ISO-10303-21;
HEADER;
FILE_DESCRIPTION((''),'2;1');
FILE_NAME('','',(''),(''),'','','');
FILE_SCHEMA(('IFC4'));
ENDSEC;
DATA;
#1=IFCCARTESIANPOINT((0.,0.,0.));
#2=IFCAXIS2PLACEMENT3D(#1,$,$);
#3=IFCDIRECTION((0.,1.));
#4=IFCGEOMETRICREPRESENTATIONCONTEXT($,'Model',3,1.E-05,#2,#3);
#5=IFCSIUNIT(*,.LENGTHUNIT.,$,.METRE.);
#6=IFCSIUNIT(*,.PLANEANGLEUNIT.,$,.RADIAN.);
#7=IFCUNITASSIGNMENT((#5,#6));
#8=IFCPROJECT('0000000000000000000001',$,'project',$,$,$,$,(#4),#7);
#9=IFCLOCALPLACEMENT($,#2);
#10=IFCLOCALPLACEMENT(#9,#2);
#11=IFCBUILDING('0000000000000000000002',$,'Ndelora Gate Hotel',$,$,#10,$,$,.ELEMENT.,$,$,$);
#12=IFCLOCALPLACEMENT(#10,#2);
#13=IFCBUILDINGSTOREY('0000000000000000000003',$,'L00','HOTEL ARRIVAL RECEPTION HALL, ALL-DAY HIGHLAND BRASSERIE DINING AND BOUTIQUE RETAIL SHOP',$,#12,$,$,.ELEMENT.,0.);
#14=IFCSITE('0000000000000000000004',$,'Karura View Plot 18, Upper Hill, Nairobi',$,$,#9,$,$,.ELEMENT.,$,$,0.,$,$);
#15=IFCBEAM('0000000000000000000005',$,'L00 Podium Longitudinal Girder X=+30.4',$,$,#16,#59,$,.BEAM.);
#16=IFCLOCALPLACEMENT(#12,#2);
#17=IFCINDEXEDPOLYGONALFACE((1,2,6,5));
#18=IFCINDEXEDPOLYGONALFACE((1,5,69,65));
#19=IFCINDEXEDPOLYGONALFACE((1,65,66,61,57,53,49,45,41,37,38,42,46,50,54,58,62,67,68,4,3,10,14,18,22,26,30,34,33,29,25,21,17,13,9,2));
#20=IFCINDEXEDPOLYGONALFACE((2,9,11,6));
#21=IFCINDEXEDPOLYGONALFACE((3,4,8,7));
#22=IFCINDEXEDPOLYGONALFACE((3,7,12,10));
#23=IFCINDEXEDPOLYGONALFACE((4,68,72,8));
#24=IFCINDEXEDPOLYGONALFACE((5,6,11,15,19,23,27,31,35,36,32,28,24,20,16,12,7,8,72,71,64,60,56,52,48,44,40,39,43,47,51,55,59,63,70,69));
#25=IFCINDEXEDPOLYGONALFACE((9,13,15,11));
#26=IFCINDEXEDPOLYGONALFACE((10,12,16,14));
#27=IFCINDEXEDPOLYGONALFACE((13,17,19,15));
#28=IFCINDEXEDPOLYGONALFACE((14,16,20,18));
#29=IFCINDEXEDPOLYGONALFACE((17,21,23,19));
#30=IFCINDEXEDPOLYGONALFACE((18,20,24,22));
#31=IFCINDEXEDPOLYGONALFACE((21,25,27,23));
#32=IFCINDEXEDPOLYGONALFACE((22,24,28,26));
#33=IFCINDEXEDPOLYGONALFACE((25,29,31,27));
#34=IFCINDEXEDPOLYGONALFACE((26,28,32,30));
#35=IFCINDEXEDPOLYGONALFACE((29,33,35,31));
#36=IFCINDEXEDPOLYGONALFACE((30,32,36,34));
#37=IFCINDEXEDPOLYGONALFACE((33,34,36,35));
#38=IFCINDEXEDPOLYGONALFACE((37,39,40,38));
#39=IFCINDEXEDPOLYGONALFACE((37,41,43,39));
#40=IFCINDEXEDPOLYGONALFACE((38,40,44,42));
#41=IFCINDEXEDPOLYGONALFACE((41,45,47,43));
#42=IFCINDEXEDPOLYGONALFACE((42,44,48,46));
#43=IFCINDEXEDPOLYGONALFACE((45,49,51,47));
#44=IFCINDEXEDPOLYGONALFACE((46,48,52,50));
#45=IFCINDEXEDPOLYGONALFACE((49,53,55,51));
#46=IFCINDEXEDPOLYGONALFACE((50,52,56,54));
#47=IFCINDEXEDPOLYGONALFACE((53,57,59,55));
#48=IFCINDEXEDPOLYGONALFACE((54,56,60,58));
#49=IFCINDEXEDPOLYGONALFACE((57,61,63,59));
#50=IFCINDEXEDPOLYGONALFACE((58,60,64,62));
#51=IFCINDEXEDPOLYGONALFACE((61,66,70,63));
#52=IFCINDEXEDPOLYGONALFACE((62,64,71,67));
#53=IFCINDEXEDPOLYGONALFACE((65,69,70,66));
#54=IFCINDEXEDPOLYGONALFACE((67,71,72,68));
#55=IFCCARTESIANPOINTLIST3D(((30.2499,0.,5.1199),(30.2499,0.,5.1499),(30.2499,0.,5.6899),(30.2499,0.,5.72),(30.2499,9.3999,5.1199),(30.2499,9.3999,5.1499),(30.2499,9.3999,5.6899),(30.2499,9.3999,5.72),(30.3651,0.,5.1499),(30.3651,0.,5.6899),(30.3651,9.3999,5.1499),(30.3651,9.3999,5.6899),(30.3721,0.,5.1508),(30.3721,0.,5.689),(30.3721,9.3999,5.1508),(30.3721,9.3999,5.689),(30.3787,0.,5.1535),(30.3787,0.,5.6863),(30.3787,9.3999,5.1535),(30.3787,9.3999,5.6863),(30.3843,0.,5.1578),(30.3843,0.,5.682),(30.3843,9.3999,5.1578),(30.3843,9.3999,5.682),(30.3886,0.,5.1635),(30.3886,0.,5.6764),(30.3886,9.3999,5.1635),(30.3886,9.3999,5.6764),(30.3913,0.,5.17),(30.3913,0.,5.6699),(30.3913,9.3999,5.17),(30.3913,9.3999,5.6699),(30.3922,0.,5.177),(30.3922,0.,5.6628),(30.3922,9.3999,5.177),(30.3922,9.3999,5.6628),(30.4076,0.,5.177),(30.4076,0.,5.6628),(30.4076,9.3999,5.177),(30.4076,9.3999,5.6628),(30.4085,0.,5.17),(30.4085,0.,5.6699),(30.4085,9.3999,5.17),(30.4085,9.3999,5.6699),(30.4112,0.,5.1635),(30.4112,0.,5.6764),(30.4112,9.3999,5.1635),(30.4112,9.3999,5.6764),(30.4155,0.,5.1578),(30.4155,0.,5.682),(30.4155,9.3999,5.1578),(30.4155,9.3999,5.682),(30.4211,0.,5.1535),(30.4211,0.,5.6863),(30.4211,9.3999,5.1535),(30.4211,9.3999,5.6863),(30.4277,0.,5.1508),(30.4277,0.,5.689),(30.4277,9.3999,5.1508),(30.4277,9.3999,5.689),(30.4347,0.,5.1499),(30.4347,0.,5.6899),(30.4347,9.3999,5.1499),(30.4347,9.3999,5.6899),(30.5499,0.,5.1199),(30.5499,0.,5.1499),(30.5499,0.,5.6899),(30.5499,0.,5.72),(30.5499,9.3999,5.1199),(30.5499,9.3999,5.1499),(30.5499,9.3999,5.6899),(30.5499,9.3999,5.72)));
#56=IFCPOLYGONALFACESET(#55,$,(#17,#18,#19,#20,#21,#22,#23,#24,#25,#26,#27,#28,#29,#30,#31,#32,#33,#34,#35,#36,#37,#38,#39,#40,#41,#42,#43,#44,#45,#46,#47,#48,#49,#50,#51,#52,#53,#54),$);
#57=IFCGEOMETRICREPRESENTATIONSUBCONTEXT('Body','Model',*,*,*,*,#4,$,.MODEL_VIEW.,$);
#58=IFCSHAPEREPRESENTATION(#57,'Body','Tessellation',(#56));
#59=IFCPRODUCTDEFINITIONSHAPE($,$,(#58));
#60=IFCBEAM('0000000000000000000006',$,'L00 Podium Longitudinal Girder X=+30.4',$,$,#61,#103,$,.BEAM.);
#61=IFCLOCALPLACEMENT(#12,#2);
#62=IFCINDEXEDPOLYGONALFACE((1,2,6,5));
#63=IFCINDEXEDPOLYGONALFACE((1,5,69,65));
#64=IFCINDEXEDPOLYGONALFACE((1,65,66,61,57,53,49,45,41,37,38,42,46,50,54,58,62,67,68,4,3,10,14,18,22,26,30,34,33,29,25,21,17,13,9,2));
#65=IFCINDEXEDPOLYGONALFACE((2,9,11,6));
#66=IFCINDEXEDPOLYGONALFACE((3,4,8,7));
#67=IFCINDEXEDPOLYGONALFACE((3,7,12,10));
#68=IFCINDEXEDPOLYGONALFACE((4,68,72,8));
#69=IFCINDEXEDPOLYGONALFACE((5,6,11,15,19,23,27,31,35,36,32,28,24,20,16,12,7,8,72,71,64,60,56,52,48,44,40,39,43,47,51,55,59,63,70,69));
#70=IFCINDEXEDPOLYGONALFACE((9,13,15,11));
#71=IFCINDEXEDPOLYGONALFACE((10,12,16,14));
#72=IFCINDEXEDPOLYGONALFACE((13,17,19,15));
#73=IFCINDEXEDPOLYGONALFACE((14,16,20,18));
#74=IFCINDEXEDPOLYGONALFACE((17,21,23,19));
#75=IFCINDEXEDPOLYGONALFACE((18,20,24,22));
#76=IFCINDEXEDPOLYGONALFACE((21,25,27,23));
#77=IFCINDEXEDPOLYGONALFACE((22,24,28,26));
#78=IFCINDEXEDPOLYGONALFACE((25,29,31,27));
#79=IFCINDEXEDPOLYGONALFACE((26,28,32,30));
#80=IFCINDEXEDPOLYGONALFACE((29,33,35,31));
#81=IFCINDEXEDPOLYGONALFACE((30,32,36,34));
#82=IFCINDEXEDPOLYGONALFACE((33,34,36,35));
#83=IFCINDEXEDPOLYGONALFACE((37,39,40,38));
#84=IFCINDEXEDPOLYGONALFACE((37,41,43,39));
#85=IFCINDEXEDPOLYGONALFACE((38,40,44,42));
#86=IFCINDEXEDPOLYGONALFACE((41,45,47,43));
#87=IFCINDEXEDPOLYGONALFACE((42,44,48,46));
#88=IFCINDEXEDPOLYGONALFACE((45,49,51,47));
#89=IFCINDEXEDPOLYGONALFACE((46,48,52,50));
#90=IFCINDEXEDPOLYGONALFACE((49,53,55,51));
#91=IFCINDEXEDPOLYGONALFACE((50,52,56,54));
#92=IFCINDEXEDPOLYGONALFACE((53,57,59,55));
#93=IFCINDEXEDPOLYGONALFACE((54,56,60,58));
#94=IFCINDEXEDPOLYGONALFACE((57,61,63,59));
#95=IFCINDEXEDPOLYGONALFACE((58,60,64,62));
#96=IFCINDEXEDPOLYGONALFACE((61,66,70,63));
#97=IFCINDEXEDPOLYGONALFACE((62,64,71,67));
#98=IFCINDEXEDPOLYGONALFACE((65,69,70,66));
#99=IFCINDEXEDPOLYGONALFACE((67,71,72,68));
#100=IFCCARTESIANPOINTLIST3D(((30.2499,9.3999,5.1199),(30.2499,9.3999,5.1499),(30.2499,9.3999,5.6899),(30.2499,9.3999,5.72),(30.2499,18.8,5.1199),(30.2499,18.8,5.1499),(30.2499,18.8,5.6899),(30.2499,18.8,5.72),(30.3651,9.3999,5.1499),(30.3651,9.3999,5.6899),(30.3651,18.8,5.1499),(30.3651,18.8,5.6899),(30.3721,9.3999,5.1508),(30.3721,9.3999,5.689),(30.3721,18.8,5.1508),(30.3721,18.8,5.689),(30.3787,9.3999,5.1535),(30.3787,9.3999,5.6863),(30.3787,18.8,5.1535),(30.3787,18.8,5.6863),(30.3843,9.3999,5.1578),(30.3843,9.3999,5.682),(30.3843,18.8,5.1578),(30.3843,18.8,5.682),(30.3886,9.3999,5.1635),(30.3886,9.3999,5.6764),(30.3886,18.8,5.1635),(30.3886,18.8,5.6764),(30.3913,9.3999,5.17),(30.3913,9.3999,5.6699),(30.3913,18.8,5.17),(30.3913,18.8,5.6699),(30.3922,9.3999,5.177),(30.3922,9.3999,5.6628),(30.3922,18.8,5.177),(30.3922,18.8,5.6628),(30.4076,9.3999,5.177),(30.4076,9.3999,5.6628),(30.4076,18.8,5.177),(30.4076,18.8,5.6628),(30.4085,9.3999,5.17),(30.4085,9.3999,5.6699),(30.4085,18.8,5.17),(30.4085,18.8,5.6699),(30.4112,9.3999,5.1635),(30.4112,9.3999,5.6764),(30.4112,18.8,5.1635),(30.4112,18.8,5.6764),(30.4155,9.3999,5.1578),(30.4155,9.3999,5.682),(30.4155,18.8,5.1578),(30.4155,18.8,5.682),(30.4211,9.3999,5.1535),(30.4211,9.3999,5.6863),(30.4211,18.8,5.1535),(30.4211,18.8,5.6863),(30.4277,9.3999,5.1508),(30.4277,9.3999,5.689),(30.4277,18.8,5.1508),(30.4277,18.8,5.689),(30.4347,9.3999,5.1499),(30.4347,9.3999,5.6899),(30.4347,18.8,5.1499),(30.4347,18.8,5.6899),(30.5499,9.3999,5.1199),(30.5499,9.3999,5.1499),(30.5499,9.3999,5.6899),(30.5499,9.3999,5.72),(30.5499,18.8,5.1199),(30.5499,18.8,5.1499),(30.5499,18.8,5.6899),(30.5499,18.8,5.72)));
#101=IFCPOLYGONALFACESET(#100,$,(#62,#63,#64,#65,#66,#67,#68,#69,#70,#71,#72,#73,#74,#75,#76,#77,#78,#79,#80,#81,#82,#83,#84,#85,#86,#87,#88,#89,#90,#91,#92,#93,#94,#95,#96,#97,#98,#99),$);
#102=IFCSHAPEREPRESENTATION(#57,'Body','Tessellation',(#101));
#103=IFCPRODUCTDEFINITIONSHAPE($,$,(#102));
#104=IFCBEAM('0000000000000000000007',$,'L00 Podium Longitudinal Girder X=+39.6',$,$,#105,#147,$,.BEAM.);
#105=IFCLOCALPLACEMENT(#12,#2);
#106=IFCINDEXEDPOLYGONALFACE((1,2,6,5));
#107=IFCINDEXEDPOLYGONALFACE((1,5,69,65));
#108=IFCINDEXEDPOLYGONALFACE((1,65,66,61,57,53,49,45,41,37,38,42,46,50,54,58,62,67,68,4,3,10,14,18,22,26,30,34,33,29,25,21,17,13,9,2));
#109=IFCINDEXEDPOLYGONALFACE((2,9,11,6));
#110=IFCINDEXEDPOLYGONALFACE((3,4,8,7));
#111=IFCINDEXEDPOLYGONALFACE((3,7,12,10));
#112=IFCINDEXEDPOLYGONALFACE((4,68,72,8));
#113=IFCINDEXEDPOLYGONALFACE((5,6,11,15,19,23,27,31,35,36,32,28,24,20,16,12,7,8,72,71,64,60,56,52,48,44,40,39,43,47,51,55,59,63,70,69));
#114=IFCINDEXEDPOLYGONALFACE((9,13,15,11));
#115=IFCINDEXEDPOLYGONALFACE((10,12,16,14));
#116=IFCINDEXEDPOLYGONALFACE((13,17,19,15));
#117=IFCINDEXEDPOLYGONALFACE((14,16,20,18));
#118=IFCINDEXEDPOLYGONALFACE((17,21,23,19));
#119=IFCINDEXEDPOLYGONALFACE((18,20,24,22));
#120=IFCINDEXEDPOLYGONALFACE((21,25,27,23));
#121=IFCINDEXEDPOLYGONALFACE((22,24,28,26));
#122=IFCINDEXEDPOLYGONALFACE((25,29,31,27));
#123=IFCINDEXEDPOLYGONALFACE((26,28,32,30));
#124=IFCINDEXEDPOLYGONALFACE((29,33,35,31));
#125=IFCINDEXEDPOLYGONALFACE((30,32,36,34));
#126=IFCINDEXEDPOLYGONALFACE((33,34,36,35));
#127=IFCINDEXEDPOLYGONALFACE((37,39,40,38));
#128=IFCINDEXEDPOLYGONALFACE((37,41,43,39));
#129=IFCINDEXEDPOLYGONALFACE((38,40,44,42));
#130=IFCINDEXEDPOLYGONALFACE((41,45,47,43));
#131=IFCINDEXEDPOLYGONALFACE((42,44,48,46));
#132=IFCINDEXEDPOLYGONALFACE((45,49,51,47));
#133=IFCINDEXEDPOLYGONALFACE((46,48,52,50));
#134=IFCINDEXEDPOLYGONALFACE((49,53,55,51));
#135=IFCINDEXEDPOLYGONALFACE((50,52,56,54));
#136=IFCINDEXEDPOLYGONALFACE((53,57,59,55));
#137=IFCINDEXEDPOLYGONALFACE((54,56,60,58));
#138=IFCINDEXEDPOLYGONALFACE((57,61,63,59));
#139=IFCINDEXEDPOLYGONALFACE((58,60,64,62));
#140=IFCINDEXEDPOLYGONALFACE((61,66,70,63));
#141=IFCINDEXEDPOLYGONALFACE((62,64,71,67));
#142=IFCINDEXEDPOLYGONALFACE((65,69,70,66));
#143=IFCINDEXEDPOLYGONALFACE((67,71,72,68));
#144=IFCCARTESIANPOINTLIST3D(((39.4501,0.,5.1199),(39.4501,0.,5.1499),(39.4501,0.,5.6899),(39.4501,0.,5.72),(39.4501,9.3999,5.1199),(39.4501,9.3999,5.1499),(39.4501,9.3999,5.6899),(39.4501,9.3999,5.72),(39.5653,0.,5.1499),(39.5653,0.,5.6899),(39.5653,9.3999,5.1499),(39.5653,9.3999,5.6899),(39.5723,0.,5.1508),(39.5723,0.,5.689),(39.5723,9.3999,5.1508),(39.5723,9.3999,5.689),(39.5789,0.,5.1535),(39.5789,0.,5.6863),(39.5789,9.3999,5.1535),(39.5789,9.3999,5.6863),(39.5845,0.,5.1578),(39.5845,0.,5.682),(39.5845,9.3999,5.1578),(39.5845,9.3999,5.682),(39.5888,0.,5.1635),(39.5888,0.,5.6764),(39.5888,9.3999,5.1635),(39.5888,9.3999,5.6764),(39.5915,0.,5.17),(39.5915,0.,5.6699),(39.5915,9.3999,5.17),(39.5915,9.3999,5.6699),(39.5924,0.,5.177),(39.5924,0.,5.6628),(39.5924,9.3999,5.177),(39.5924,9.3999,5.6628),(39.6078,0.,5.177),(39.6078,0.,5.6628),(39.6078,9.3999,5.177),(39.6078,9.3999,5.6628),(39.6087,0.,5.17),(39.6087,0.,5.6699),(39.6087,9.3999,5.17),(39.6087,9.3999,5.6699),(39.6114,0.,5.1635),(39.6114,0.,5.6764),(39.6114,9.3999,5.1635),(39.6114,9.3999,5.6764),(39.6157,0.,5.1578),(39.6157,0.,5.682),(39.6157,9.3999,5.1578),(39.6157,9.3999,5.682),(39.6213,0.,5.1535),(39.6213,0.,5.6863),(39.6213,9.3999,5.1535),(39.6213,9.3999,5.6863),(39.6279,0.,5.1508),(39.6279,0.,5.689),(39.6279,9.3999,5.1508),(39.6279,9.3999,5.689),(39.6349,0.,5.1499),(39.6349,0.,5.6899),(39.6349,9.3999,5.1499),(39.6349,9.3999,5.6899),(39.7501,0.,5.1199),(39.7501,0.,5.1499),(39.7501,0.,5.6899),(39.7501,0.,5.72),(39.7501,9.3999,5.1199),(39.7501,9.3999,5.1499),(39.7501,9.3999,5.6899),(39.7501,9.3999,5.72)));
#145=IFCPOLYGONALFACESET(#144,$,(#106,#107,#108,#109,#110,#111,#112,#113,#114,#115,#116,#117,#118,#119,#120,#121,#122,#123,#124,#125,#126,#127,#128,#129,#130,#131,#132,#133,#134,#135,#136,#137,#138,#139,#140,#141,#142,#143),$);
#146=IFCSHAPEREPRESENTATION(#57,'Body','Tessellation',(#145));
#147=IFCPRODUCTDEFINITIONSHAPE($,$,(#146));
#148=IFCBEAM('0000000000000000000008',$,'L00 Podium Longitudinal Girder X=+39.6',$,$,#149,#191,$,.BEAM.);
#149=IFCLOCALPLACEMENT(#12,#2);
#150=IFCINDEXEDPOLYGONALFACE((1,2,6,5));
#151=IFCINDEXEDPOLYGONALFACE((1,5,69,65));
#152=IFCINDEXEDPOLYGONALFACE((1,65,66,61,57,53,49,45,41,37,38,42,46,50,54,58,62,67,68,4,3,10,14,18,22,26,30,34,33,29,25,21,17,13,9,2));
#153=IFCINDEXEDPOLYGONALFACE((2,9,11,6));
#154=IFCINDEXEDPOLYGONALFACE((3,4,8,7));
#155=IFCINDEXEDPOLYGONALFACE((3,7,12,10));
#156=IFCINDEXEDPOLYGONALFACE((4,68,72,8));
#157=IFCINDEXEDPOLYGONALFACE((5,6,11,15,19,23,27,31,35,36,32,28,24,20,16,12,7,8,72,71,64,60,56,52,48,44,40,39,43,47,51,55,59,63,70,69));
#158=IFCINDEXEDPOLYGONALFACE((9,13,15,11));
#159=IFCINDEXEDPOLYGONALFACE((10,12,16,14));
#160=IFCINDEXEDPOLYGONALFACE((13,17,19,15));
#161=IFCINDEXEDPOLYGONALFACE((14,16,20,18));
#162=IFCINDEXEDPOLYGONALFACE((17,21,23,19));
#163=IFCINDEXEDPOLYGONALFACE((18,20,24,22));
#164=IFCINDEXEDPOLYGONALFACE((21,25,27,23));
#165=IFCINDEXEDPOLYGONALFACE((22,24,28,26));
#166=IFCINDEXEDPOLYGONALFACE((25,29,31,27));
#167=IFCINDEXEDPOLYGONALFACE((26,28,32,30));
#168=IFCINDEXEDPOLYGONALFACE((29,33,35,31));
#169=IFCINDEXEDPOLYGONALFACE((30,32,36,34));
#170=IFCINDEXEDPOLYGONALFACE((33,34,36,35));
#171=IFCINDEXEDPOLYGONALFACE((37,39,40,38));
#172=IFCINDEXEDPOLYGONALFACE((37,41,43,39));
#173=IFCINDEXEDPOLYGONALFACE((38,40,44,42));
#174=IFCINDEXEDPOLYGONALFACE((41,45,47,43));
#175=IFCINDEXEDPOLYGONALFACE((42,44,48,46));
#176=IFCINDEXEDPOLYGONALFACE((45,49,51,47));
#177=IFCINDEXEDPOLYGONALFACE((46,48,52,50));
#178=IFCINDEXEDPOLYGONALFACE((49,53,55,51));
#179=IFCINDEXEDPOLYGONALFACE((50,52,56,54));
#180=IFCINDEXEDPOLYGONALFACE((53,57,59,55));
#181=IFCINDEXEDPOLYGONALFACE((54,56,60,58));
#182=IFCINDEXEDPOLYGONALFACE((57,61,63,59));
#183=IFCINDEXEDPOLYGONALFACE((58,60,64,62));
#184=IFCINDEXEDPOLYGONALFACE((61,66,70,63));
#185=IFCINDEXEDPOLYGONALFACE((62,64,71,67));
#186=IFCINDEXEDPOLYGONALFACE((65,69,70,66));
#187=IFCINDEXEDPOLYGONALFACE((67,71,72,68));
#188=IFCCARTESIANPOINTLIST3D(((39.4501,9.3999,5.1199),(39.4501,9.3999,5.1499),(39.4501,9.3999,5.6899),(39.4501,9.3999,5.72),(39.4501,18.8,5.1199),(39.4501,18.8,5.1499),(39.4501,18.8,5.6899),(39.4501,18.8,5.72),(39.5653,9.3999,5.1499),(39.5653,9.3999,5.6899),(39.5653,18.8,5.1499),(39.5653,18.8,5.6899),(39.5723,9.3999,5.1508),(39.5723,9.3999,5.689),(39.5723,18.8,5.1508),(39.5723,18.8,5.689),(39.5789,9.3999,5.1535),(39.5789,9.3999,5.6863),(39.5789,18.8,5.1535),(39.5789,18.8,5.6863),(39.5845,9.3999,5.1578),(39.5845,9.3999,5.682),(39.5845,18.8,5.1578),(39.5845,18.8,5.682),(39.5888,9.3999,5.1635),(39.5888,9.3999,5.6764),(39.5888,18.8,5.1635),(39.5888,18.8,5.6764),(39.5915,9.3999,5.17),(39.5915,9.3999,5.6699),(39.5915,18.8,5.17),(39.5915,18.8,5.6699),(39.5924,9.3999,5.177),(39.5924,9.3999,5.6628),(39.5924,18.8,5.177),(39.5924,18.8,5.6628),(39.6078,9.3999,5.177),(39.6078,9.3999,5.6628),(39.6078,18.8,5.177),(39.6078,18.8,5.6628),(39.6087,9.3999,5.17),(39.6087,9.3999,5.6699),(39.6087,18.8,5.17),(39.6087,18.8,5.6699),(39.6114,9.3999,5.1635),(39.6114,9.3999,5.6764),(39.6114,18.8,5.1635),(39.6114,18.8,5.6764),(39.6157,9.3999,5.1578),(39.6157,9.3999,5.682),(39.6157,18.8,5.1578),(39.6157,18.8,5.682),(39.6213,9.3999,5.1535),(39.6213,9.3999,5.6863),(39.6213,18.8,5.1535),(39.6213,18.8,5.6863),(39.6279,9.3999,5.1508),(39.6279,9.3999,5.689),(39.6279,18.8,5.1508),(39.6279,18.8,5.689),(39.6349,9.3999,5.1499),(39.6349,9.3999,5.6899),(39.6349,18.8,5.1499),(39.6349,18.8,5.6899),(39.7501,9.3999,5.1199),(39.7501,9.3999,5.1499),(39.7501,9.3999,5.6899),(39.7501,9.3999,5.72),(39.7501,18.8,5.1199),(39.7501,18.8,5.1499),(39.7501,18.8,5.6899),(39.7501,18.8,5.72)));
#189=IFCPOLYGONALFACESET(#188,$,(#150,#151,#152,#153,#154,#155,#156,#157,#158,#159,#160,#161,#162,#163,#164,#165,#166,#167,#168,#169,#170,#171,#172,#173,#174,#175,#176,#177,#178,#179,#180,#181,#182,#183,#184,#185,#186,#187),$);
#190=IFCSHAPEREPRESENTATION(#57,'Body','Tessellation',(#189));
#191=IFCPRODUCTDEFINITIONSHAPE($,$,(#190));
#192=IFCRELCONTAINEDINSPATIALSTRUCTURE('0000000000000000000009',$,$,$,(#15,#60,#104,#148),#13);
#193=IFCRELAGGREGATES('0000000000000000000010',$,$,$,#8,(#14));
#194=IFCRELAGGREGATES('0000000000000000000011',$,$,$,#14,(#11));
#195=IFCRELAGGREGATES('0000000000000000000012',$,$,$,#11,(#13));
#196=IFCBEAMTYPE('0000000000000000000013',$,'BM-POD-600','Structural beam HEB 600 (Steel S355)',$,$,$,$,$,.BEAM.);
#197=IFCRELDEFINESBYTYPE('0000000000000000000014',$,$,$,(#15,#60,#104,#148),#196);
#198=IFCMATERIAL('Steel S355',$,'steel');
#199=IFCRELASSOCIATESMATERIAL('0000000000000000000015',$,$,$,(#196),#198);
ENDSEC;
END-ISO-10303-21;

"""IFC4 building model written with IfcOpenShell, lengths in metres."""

from ifc_helpers import new_model, si_unit, direction, frame, origin, origin_2d, place, context, subcontext, project, spatial, i_section, extrude, material, material_profile, profile_set, type_object, element, save


model = new_model("IFC4")

# Units and contexts
model_context = context("Model", 3, precision=1e-05, world=origin(), true_north=direction((0.0, 1.0)))
body_context = subcontext(model_context, "Body", "Model", "MODEL_VIEW")
ifc_project = project(units=[si_unit("LENGTHUNIT", "METRE"), si_unit("PLANEANGLEUNIT", "RADIAN")], contexts=[model_context])

# Site, building, storey
site_placement = place(None, origin())
site = spatial("IfcSite", under=ifc_project, at=site_placement, Name="Karura View Plot 18, Upper Hill, Nairobi", CompositionType="ELEMENT", RefElevation=0.0)
building_placement = place(site_placement, origin())
building = spatial("IfcBuilding", under=site, at=building_placement, Name="Ndelora Gate Hotel", CompositionType="ELEMENT")
storey_placement = place(building_placement, origin())
storey = spatial("IfcBuildingStorey", under=building, at=storey_placement, Name="L00", Description="HOTEL ARRIVAL RECEPTION HALL, ALL-DAY HIGHLAND BRASSERIE DINING AND BOUTIQUE RETAIL SHOP", CompositionType="ELEMENT", Elevation=0.0)

# Beams
ifc_material_1 = material(Name="Steel S355", Category="steel")
ifc_material_profile_1 = material_profile(ifc_material_1, i_section(OverallWidth=0.3, OverallDepth=0.6001, WebThickness=0.0154, FlangeThickness=0.03, FilletRadius=0.0271, at=origin_2d()), Name="HEB 600")
ifc_profile_set_1 = profile_set([ifc_material_profile_1], Name="Steel S355")
beam_type_1 = type_object("IfcBeamType", Name="BM-POD-600", Description="Structural beam HEB 600 (Steel S355)", PredefinedType="BEAM", material=ifc_profile_set_1)
beam_1_placement = place(storey_placement, frame((30.3999, 0.0, 5.4199), z_axis=(0.0, 1.0, 0.0), x_axis=(-1.0, 0.0, 0.0)))
element("IfcBeam", 1, at=beam_1_placement, inside=storey, type_object=beam_type_1, Name="L00 Podium Longitudinal Girder X=+30.4", PredefinedType="BEAM", context=body_context, shape_type="SweptSolid", body=[
    extrude(i_section(OverallWidth=0.3, OverallDepth=0.6001, WebThickness=0.0154, FlangeThickness=0.03, FilletRadius=0.0271, at=origin_2d()), origin(), (0.0, 0.0, 1.0), 9.3999),
])
beam_2_placement = place(storey_placement, frame((30.3999, 9.3999, 5.4199), z_axis=(0.0, 1.0, 0.0), x_axis=(-1.0, 0.0, 0.0)))
element("IfcBeam", 2, at=beam_2_placement, inside=storey, type_object=beam_type_1, Name="L00 Podium Longitudinal Girder X=+30.4", PredefinedType="BEAM", context=body_context, shape_type="SweptSolid", body=[
    extrude(i_section(OverallWidth=0.3, OverallDepth=0.6001, WebThickness=0.0154, FlangeThickness=0.03, FilletRadius=0.0271, at=origin_2d()), origin(), (0.0, 0.0, 1.0), 9.4001),
])
beam_3_placement = place(storey_placement, frame((39.6001, 0.0, 5.4199), z_axis=(0.0, 1.0, 0.0), x_axis=(-1.0, 0.0, 0.0)))
element("IfcBeam", 3, at=beam_3_placement, inside=storey, type_object=beam_type_1, Name="L00 Podium Longitudinal Girder X=+39.6", PredefinedType="BEAM", context=body_context, shape_type="SweptSolid", body=[
    extrude(i_section(OverallWidth=0.3, OverallDepth=0.6001, WebThickness=0.0154, FlangeThickness=0.03, FilletRadius=0.0271, at=origin_2d()), origin(), (0.0, 0.0, 1.0), 9.3999),
])
beam_4_placement = place(storey_placement, frame((39.6001, 9.3999, 5.4199), z_axis=(0.0, 1.0, 0.0), x_axis=(-1.0, 0.0, 0.0)))
element("IfcBeam", 4, at=beam_4_placement, inside=storey, type_object=beam_type_1, Name="L00 Podium Longitudinal Girder X=+39.6", PredefinedType="BEAM", context=body_context, shape_type="SweptSolid", body=[
    extrude(i_section(OverallWidth=0.3, OverallDepth=0.6001, WebThickness=0.0154, FlangeThickness=0.03, FilletRadius=0.0271, at=origin_2d()), origin(), (0.0, 0.0, 1.0), 9.4001),
])

save(model, "model.ifc")
